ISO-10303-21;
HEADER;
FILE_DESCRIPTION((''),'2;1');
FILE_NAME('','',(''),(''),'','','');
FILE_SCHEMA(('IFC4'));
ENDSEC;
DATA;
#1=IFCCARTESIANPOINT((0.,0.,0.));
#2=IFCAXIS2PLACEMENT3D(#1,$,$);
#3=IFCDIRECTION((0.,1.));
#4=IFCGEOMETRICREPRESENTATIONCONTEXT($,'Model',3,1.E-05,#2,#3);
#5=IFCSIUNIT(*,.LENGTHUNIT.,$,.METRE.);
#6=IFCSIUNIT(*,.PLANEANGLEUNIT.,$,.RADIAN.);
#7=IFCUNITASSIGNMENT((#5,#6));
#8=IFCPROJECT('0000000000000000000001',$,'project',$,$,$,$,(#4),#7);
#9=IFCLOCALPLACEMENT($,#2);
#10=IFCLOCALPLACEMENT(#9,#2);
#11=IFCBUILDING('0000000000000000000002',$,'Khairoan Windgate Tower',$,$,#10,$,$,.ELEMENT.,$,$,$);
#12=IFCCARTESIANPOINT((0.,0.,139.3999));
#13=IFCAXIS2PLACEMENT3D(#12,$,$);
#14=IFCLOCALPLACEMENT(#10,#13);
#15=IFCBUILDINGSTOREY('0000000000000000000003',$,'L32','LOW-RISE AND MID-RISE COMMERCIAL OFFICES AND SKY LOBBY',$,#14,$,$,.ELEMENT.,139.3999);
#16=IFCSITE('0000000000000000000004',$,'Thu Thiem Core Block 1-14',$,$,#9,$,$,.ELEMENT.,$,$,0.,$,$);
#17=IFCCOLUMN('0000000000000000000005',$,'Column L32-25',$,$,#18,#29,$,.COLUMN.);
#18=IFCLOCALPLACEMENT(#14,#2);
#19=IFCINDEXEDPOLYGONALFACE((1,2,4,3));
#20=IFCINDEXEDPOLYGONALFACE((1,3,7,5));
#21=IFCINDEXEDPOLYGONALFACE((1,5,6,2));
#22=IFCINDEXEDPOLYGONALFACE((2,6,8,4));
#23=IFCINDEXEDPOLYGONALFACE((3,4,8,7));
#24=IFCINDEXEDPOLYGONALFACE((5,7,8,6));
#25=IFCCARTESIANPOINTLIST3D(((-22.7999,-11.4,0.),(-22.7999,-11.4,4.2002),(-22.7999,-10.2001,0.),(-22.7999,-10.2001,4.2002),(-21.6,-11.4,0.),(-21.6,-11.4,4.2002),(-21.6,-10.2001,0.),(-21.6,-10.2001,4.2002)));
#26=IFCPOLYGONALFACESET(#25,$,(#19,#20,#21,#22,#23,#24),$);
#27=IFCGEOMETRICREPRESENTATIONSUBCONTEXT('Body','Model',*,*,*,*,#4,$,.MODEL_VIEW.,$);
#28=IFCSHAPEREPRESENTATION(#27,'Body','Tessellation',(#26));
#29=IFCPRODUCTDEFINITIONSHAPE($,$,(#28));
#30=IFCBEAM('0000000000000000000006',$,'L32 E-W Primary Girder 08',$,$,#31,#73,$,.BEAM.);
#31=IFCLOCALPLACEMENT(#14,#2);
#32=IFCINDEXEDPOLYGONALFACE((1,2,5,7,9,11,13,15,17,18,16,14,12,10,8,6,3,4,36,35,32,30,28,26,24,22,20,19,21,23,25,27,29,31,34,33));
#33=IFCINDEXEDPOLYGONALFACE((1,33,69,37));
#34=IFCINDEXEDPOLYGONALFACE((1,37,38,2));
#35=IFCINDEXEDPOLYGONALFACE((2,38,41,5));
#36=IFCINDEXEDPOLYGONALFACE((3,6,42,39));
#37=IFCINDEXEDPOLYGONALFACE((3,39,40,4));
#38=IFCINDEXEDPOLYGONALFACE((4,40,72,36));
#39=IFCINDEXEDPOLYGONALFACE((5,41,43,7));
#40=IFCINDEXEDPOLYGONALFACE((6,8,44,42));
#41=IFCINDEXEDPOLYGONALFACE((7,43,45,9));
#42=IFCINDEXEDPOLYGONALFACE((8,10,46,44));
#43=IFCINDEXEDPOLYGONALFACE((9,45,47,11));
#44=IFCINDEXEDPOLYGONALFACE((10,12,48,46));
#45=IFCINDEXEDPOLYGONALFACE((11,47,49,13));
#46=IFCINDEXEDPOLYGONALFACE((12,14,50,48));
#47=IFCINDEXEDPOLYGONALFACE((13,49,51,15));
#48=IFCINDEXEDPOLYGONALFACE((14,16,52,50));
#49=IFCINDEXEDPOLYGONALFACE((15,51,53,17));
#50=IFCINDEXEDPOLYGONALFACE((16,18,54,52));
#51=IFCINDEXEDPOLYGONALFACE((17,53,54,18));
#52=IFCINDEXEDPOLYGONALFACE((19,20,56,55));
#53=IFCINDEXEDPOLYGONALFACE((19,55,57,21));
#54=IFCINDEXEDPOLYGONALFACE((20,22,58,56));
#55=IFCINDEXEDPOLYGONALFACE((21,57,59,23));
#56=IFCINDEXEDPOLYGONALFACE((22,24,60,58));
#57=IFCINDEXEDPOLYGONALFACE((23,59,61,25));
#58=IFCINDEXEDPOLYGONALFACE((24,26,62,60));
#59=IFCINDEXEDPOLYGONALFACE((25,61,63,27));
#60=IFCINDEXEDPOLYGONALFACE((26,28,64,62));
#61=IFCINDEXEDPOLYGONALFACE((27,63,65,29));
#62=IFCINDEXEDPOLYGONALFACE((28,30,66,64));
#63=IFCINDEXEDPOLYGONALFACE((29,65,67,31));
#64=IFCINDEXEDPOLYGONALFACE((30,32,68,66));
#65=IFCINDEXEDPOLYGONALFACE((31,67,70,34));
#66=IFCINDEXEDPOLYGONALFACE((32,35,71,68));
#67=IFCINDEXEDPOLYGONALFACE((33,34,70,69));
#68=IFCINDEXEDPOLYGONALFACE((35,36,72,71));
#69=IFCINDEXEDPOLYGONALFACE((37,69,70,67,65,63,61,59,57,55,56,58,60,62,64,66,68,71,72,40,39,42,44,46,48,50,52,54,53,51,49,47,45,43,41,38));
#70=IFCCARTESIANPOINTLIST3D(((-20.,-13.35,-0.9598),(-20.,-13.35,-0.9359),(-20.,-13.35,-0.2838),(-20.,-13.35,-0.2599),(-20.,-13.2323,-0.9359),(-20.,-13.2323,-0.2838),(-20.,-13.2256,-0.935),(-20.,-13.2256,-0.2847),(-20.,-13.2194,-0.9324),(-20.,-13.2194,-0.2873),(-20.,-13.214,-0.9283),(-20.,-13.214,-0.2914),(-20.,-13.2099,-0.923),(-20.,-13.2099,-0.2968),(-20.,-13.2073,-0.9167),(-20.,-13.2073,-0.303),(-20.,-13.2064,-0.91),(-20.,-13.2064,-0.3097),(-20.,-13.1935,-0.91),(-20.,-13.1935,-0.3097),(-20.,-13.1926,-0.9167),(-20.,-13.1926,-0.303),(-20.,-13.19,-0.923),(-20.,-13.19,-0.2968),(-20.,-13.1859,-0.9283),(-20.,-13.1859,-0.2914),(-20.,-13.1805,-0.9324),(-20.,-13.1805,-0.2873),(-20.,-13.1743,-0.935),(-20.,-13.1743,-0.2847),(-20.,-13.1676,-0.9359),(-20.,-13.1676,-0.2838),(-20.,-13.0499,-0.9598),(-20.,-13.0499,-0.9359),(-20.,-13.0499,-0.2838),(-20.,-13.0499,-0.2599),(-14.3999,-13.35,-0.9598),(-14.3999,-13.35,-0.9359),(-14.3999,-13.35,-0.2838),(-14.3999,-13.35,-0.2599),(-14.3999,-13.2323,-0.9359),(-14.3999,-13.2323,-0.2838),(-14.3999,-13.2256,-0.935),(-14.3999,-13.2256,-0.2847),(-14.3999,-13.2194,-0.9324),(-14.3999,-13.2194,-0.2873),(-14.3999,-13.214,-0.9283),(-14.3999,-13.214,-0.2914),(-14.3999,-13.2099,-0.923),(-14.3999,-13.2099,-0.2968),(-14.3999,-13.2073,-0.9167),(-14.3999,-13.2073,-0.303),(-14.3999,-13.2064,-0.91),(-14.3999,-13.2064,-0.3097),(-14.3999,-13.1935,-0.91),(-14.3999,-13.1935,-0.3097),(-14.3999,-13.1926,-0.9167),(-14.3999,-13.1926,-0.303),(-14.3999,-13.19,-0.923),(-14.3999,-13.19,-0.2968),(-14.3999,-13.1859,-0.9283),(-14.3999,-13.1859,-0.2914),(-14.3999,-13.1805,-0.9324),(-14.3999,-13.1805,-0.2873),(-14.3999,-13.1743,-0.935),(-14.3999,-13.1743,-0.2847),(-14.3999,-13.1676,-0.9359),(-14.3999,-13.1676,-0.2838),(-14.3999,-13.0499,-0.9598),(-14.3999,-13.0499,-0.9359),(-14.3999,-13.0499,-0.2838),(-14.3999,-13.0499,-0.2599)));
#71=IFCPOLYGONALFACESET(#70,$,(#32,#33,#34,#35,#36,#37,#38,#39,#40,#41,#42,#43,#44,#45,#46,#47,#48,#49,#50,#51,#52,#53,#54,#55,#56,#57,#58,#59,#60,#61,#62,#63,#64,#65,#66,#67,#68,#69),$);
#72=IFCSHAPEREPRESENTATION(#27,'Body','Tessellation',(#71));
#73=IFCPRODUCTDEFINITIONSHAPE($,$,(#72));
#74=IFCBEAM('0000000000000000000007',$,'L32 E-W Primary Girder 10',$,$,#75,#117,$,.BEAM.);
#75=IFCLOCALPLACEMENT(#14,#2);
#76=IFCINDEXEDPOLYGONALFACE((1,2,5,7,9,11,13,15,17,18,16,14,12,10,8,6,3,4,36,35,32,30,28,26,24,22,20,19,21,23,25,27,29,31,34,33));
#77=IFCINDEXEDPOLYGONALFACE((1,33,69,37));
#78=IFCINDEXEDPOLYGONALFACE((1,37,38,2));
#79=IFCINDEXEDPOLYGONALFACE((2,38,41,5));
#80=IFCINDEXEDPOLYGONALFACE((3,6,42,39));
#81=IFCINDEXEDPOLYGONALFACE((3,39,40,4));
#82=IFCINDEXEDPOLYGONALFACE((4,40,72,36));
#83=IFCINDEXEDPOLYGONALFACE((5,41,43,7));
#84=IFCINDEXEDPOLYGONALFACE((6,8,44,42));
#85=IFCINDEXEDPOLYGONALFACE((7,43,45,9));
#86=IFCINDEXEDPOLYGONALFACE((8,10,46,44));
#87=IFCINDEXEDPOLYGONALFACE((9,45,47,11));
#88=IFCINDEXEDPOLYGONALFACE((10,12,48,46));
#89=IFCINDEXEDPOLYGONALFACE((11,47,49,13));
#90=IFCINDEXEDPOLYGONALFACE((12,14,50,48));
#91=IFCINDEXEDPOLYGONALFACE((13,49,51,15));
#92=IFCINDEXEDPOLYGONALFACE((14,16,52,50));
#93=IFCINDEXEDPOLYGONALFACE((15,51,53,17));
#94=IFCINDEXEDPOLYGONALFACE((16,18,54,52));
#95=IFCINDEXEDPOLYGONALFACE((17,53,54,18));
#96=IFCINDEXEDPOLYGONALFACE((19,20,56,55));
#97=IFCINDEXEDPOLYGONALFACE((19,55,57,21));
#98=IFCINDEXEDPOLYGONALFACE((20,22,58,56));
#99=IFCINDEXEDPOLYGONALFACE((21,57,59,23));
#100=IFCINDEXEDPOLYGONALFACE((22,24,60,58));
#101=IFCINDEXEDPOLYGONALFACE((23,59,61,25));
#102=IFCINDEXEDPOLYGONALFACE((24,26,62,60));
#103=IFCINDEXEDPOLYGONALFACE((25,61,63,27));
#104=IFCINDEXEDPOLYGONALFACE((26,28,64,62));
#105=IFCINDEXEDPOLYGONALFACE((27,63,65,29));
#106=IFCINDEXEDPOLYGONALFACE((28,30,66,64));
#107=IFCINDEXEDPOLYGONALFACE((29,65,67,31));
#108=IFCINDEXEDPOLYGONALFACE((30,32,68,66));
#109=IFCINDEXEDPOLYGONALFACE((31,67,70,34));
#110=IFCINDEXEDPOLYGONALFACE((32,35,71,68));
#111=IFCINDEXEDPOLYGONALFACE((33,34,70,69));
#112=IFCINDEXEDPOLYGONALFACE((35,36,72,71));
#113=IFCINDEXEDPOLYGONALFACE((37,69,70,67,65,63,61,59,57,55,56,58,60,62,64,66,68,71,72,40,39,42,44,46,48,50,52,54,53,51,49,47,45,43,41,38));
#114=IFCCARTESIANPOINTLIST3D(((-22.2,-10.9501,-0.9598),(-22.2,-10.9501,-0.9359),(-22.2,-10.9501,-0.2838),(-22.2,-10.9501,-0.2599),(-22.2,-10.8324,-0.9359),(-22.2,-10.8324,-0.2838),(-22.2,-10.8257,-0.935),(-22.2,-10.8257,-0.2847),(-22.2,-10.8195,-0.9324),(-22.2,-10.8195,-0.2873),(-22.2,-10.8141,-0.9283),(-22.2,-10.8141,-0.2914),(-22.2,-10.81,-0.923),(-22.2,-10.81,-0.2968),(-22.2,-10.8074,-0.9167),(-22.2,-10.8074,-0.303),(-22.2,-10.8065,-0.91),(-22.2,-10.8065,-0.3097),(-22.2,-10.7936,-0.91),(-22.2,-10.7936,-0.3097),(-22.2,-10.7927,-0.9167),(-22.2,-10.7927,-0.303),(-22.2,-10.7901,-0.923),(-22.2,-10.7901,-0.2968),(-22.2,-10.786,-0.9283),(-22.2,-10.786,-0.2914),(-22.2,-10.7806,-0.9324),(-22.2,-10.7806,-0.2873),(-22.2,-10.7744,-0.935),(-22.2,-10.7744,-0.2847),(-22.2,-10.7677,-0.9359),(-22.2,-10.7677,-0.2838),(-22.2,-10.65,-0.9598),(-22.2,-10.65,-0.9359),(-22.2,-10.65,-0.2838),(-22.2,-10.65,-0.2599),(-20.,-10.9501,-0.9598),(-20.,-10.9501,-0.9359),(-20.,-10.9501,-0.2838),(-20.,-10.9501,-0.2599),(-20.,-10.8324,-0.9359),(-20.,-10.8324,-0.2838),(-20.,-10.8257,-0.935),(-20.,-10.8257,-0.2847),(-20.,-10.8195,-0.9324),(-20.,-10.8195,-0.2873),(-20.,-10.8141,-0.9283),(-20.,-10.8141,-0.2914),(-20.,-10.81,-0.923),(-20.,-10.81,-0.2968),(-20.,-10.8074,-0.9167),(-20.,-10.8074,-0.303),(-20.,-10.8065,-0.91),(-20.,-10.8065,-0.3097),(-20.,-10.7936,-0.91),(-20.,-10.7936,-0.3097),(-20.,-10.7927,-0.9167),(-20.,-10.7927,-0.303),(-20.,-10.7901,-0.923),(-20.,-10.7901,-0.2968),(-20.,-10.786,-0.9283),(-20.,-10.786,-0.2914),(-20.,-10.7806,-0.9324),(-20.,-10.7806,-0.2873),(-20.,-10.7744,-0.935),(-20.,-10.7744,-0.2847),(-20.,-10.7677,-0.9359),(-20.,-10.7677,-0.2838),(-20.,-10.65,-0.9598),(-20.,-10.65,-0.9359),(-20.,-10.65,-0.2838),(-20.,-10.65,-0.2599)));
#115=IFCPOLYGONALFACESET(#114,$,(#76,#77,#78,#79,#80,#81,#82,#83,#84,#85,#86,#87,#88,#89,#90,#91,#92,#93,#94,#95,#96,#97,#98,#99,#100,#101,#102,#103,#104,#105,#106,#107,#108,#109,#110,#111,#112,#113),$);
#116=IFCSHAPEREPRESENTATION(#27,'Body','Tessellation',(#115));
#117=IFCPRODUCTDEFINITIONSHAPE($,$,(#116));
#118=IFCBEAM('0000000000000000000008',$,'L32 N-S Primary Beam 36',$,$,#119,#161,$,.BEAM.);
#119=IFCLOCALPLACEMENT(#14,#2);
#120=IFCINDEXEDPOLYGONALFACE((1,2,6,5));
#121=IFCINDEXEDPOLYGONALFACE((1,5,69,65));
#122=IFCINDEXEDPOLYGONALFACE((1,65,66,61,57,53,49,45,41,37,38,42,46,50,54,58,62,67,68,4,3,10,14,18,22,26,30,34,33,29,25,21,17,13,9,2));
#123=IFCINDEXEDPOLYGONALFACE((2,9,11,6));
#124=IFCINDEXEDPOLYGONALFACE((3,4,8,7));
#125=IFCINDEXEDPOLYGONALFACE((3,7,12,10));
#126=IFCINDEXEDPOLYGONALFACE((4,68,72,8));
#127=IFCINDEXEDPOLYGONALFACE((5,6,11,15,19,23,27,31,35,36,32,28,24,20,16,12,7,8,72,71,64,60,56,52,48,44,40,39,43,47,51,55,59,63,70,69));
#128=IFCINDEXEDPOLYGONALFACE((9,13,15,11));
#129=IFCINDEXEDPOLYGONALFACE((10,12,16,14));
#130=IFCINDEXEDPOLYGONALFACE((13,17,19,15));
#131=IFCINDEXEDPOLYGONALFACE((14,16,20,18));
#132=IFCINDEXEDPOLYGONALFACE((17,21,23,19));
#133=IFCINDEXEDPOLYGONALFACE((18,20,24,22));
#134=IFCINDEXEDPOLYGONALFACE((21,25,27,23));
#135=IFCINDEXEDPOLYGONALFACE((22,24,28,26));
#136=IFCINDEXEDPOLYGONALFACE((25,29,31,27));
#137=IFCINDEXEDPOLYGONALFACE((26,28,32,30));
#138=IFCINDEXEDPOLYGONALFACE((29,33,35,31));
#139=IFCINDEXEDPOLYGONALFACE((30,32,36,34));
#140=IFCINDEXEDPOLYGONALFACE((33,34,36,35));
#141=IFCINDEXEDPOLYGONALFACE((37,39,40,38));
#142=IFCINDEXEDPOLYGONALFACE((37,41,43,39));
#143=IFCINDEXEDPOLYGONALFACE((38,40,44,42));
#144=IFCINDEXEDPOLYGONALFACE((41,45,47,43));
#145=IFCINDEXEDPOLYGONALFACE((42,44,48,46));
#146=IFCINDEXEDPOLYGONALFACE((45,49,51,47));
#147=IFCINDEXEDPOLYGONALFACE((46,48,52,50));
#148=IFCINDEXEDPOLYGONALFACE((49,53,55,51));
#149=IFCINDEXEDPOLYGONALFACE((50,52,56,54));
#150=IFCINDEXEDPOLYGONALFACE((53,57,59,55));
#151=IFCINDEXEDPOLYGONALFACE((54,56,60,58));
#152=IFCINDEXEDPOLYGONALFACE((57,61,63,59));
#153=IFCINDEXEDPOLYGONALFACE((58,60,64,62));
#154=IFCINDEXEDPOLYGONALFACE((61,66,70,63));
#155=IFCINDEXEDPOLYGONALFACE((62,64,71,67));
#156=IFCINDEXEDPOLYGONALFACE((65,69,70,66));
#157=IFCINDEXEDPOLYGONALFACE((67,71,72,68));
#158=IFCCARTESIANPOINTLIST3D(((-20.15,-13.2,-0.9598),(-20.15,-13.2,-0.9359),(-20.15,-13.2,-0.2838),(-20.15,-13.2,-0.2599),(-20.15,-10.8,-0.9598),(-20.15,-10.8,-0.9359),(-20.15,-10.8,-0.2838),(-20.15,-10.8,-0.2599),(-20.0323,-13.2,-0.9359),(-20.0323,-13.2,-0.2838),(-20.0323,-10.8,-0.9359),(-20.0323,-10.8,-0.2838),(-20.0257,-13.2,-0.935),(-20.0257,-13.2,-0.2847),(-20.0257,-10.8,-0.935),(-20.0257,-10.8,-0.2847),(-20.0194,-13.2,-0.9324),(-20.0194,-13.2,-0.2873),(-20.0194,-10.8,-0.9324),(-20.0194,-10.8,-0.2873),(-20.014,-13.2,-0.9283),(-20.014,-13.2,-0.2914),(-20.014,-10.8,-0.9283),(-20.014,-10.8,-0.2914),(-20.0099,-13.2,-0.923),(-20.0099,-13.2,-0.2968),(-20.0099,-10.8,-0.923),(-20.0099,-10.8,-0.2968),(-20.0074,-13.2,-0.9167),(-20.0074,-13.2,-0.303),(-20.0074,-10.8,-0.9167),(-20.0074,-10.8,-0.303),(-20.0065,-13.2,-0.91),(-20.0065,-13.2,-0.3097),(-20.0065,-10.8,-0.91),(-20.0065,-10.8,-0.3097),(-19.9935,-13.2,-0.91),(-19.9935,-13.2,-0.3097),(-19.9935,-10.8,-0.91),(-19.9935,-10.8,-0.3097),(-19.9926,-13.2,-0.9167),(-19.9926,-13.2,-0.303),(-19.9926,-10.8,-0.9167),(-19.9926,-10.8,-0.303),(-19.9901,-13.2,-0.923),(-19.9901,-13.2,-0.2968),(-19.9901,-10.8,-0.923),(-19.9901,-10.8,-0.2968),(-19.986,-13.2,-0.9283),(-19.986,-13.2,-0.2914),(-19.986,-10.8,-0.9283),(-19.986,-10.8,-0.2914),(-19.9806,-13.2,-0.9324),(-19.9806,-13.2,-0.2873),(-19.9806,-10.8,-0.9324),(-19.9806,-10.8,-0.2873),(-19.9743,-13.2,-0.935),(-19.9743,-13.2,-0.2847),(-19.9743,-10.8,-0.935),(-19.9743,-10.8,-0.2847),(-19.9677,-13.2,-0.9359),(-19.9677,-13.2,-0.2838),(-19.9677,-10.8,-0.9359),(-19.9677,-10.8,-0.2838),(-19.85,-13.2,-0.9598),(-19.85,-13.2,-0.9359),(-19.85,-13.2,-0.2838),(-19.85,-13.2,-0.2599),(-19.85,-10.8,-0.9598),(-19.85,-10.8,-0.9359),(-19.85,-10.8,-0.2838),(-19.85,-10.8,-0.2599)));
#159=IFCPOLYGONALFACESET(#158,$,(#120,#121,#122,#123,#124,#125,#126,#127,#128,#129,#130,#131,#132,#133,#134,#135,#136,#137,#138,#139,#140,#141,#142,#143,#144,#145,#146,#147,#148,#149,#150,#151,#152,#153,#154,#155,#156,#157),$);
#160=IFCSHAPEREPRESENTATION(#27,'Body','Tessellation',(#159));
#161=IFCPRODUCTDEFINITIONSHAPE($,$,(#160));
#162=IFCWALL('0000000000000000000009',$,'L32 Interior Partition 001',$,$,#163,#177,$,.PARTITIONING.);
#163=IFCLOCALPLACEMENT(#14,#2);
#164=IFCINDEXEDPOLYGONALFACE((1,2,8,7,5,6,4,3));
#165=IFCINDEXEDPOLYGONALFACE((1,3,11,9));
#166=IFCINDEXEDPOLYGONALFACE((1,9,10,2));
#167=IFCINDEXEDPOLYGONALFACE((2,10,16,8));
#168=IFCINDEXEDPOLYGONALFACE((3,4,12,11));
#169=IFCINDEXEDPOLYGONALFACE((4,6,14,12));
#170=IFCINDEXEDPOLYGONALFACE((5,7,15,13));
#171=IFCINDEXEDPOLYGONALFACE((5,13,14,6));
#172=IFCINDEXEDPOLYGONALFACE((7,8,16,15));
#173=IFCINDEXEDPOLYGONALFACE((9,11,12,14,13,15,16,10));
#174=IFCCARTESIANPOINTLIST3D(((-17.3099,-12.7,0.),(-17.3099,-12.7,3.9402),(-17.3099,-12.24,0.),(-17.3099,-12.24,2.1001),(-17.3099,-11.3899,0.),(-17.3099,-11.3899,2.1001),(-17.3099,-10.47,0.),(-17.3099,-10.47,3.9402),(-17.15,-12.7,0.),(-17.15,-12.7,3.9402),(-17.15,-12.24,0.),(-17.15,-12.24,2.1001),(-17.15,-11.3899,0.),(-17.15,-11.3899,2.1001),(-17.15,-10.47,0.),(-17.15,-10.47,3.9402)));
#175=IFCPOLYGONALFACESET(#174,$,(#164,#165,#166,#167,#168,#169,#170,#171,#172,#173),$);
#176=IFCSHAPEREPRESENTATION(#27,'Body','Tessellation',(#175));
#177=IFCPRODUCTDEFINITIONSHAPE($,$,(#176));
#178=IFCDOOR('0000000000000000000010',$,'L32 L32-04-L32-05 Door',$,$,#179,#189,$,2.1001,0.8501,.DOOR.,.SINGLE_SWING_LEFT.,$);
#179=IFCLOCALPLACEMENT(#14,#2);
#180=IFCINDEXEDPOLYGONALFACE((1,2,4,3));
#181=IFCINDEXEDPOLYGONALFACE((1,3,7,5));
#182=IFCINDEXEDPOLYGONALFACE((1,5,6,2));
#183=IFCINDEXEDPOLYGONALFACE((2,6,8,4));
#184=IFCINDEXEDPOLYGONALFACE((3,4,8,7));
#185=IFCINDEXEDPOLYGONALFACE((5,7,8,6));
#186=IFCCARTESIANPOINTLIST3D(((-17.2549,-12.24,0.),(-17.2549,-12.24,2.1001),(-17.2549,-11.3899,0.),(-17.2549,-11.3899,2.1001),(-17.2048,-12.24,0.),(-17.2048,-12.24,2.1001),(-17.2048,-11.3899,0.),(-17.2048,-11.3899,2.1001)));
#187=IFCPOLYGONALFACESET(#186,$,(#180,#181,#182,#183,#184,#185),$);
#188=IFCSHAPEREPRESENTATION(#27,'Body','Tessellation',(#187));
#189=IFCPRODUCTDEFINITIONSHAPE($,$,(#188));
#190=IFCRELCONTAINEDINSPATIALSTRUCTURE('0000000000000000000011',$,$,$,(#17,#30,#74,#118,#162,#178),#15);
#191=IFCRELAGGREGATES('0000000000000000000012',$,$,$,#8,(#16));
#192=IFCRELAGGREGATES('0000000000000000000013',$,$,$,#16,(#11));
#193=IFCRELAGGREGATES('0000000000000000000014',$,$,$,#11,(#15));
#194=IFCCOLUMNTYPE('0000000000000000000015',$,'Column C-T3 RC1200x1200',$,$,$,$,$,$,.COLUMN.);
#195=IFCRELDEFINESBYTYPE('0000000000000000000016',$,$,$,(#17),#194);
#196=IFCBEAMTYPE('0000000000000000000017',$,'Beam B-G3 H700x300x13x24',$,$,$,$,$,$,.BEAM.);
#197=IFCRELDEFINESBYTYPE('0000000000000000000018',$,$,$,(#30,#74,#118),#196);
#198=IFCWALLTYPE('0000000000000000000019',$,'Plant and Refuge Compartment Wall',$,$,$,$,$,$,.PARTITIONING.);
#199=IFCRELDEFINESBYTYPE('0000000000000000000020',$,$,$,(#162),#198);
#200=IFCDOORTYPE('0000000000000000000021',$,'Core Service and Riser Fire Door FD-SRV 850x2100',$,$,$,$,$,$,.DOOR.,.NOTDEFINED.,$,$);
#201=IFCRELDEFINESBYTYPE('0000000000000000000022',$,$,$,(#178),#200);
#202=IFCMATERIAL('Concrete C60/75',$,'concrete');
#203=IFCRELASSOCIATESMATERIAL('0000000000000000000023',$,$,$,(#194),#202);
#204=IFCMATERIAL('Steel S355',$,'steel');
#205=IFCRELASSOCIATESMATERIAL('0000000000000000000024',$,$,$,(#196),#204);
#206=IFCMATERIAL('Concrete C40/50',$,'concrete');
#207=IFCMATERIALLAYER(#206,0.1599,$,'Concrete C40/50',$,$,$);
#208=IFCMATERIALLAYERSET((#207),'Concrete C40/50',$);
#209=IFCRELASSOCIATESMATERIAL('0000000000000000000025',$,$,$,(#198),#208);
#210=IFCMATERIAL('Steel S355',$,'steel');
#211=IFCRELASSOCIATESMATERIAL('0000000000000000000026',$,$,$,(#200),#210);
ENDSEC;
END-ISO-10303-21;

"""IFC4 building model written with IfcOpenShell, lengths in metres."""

from ifc_helpers import new_model, si_unit, direction, frame, frame_2d, origin, origin_2d, place, context, subcontext, project, spatial, rectangle, i_section, extrude, material, layer, layer_set, material_profile, profile_set, type_object, element, fill, save


model = new_model("IFC4")

# Units and contexts
model_context = context("Model", 3, precision=1e-05, world=origin(), true_north=direction((0.0, 1.0)))
body_context = subcontext(model_context, "Body", "Model", "MODEL_VIEW")
ifc_project = project(units=[si_unit("LENGTHUNIT", "METRE"), si_unit("PLANEANGLEUNIT", "RADIAN")], contexts=[model_context])

# Site, building, storey
site_placement = place(None, origin())
site = spatial("IfcSite", under=ifc_project, at=site_placement, Name="Thu Thiem Core Block 1-14", CompositionType="ELEMENT", RefElevation=0.0)
building_placement = place(site_placement, origin())
building = spatial("IfcBuilding", under=site, at=building_placement, Name="Khairoan Windgate Tower", CompositionType="ELEMENT")
storey_placement = place(building_placement, frame((0.0, 0.0, 139.3999)))
storey = spatial("IfcBuildingStorey", under=building, at=storey_placement, Name="L32", Description="LOW-RISE AND MID-RISE COMMERCIAL OFFICES AND SKY LOBBY", CompositionType="ELEMENT", Elevation=139.3999)

# Column
ifc_material_1 = material(Name="Concrete C60/75", Category="concrete")
ifc_material_profile_1 = material_profile(ifc_material_1, rectangle(XDim=1.2, YDim=1.2, at=origin_2d()))
ifc_profile_set_1 = profile_set([ifc_material_profile_1], Name="Concrete C60/75")
column_type = type_object("IfcColumnType", Name="Column C-T3 RC1200x1200", PredefinedType="COLUMN", material=ifc_profile_set_1)
column_placement = place(storey_placement, frame((-22.2, -10.8, 0.0), z_axis=(0.0, 0.0, 1.0), x_axis=(1.0, 0.0, 0.0)))
element("IfcColumn", 1, at=column_placement, inside=storey, type_object=column_type, Name="Column L32-25", PredefinedType="COLUMN", context=body_context, shape_type="SweptSolid", body=[
    extrude(rectangle(XDim=1.2, YDim=1.2, at=origin_2d()), origin(), (0.0, 0.0, 1.0), 4.2002),
])

# Beams
ifc_material_2 = material(Name="Steel S355", Category="steel")
ifc_material_profile_2 = material_profile(ifc_material_2, i_section(OverallWidth=0.3, OverallDepth=0.7, WebThickness=0.0129, FlangeThickness=0.0239, FilletRadius=0.0259, at=origin_2d()))
ifc_profile_set_2 = profile_set([ifc_material_profile_2], Name="Steel S355")
beam_type = type_object("IfcBeamType", Name="Beam B-G3 H700x300x13x24", PredefinedType="BEAM", material=ifc_profile_set_2)
beam_1_placement = place(storey_placement, frame((-20.0, -13.2, -0.6099), z_axis=(1.0, 0.0, 0.0), x_axis=(0.0, 1.0, 0.0)))
element("IfcBeam", 2, at=beam_1_placement, inside=storey, type_object=beam_type, Name="L32 E-W Primary Girder 08", PredefinedType="BEAM", context=body_context, shape_type="SweptSolid", body=[
    extrude(i_section(OverallWidth=0.3, OverallDepth=0.7, WebThickness=0.0129, FlangeThickness=0.0239, FilletRadius=0.0259, at=origin_2d()), origin(), (0.0, 0.0, 1.0), 5.6001),
])
beam_2_placement = place(storey_placement, frame((-22.2, -10.8, -0.6099), z_axis=(1.0, 0.0, 0.0), x_axis=(0.0, 1.0, 0.0)))
element("IfcBeam", 3, at=beam_2_placement, inside=storey, type_object=beam_type, Name="L32 E-W Primary Girder 10", PredefinedType="BEAM", context=body_context, shape_type="SweptSolid", body=[
    extrude(i_section(OverallWidth=0.3, OverallDepth=0.7, WebThickness=0.0129, FlangeThickness=0.0239, FilletRadius=0.0259, at=origin_2d()), origin(), (0.0, 0.0, 1.0), 2.2),
])
beam_3_placement = place(storey_placement, frame((-20.0, -13.2, -0.6099), z_axis=(0.0, 1.0, 0.0), x_axis=(-1.0, 0.0, 0.0)))
element("IfcBeam", 4, at=beam_3_placement, inside=storey, type_object=beam_type, Name="L32 N-S Primary Beam 36", PredefinedType="BEAM", context=body_context, shape_type="SweptSolid", body=[
    extrude(i_section(OverallWidth=0.3, OverallDepth=0.7, WebThickness=0.0129, FlangeThickness=0.0239, FilletRadius=0.0259, at=origin_2d()), origin(), (0.0, 0.0, 1.0), 2.3999),
])

# Wall, opening, door
ifc_material_3 = material(Name="Concrete C40/50", Category="concrete")
ifc_layer_1 = layer(ifc_material_3, 0.1599, Name="Concrete C40/50")
ifc_layer_set_1 = layer_set([ifc_layer_1], Name="Concrete C40/50")
wall_type_1 = type_object("IfcWallType", Name="Plant and Refuge Compartment Wall", PredefinedType="PARTITIONING", material=ifc_layer_set_1)
wall_1_placement = place(storey_placement, frame((-17.23, -12.7, 0.0), z_axis=(0.0, 0.0, 1.0), x_axis=(0.0, 1.0, 0.0)))
wall_1 = element("IfcWall", 5, at=wall_1_placement, inside=storey, type_object=wall_type_1, Name="L32 Interior Partition 001", PredefinedType="PARTITIONING", context=body_context, shape_type="SweptSolid", body=[
    extrude(rectangle(XDim=2.23, YDim=0.1599, at=frame_2d((1.115, 0.0))), origin(), (0.0, 0.0, 1.0), 3.9402),
])
opening_1_placement = place(wall_1_placement, frame((0.46, 0.0, 0.0)))
opening_1 = element("IfcOpeningElement", 6, at=opening_1_placement, cuts=wall_1, PredefinedType="OPENING", context=body_context, shape_type="SweptSolid", body=[
    extrude(rectangle(XDim=0.8501, YDim=2.1001, at=frame_2d((0.425, 1.05))), frame((0.0, 0.0898, 0.0), z_axis=(0.0, -1.0, 0.0), x_axis=(1.0, 0.0, 0.0)), (0.0, 0.0, 1.0), 0.1799),
])
ifc_material_4 = material(Name="Steel S355", Category="steel")
door_type_1 = type_object("IfcDoorType", Name="Core Service and Riser Fire Door FD-SRV 850x2100", OperationType="NOTDEFINED", PredefinedType="DOOR", material=ifc_material_4)
door_1_placement = place(opening_1_placement, origin())
door_1 = element("IfcDoor", 7, at=door_1_placement, inside=storey, type_object=door_type_1, Name="L32 L32-04-L32-05 Door", OperationType="SINGLE_SWING_LEFT", OverallHeight=2.1001, OverallWidth=0.8501, PredefinedType="DOOR", context=body_context, shape_type="SweptSolid", body=[
    extrude(rectangle(XDim=0.8501, YDim=2.1001, at=frame_2d((0.425, 1.05))), frame((0.0, 0.0249, 0.0), z_axis=(0.0, -1.0, 0.0), x_axis=(1.0, 0.0, 0.0)), (0.0, 0.0, 1.0), 0.05),
])
fill(opening_1, door_1)

save(model, "model.ifc")
